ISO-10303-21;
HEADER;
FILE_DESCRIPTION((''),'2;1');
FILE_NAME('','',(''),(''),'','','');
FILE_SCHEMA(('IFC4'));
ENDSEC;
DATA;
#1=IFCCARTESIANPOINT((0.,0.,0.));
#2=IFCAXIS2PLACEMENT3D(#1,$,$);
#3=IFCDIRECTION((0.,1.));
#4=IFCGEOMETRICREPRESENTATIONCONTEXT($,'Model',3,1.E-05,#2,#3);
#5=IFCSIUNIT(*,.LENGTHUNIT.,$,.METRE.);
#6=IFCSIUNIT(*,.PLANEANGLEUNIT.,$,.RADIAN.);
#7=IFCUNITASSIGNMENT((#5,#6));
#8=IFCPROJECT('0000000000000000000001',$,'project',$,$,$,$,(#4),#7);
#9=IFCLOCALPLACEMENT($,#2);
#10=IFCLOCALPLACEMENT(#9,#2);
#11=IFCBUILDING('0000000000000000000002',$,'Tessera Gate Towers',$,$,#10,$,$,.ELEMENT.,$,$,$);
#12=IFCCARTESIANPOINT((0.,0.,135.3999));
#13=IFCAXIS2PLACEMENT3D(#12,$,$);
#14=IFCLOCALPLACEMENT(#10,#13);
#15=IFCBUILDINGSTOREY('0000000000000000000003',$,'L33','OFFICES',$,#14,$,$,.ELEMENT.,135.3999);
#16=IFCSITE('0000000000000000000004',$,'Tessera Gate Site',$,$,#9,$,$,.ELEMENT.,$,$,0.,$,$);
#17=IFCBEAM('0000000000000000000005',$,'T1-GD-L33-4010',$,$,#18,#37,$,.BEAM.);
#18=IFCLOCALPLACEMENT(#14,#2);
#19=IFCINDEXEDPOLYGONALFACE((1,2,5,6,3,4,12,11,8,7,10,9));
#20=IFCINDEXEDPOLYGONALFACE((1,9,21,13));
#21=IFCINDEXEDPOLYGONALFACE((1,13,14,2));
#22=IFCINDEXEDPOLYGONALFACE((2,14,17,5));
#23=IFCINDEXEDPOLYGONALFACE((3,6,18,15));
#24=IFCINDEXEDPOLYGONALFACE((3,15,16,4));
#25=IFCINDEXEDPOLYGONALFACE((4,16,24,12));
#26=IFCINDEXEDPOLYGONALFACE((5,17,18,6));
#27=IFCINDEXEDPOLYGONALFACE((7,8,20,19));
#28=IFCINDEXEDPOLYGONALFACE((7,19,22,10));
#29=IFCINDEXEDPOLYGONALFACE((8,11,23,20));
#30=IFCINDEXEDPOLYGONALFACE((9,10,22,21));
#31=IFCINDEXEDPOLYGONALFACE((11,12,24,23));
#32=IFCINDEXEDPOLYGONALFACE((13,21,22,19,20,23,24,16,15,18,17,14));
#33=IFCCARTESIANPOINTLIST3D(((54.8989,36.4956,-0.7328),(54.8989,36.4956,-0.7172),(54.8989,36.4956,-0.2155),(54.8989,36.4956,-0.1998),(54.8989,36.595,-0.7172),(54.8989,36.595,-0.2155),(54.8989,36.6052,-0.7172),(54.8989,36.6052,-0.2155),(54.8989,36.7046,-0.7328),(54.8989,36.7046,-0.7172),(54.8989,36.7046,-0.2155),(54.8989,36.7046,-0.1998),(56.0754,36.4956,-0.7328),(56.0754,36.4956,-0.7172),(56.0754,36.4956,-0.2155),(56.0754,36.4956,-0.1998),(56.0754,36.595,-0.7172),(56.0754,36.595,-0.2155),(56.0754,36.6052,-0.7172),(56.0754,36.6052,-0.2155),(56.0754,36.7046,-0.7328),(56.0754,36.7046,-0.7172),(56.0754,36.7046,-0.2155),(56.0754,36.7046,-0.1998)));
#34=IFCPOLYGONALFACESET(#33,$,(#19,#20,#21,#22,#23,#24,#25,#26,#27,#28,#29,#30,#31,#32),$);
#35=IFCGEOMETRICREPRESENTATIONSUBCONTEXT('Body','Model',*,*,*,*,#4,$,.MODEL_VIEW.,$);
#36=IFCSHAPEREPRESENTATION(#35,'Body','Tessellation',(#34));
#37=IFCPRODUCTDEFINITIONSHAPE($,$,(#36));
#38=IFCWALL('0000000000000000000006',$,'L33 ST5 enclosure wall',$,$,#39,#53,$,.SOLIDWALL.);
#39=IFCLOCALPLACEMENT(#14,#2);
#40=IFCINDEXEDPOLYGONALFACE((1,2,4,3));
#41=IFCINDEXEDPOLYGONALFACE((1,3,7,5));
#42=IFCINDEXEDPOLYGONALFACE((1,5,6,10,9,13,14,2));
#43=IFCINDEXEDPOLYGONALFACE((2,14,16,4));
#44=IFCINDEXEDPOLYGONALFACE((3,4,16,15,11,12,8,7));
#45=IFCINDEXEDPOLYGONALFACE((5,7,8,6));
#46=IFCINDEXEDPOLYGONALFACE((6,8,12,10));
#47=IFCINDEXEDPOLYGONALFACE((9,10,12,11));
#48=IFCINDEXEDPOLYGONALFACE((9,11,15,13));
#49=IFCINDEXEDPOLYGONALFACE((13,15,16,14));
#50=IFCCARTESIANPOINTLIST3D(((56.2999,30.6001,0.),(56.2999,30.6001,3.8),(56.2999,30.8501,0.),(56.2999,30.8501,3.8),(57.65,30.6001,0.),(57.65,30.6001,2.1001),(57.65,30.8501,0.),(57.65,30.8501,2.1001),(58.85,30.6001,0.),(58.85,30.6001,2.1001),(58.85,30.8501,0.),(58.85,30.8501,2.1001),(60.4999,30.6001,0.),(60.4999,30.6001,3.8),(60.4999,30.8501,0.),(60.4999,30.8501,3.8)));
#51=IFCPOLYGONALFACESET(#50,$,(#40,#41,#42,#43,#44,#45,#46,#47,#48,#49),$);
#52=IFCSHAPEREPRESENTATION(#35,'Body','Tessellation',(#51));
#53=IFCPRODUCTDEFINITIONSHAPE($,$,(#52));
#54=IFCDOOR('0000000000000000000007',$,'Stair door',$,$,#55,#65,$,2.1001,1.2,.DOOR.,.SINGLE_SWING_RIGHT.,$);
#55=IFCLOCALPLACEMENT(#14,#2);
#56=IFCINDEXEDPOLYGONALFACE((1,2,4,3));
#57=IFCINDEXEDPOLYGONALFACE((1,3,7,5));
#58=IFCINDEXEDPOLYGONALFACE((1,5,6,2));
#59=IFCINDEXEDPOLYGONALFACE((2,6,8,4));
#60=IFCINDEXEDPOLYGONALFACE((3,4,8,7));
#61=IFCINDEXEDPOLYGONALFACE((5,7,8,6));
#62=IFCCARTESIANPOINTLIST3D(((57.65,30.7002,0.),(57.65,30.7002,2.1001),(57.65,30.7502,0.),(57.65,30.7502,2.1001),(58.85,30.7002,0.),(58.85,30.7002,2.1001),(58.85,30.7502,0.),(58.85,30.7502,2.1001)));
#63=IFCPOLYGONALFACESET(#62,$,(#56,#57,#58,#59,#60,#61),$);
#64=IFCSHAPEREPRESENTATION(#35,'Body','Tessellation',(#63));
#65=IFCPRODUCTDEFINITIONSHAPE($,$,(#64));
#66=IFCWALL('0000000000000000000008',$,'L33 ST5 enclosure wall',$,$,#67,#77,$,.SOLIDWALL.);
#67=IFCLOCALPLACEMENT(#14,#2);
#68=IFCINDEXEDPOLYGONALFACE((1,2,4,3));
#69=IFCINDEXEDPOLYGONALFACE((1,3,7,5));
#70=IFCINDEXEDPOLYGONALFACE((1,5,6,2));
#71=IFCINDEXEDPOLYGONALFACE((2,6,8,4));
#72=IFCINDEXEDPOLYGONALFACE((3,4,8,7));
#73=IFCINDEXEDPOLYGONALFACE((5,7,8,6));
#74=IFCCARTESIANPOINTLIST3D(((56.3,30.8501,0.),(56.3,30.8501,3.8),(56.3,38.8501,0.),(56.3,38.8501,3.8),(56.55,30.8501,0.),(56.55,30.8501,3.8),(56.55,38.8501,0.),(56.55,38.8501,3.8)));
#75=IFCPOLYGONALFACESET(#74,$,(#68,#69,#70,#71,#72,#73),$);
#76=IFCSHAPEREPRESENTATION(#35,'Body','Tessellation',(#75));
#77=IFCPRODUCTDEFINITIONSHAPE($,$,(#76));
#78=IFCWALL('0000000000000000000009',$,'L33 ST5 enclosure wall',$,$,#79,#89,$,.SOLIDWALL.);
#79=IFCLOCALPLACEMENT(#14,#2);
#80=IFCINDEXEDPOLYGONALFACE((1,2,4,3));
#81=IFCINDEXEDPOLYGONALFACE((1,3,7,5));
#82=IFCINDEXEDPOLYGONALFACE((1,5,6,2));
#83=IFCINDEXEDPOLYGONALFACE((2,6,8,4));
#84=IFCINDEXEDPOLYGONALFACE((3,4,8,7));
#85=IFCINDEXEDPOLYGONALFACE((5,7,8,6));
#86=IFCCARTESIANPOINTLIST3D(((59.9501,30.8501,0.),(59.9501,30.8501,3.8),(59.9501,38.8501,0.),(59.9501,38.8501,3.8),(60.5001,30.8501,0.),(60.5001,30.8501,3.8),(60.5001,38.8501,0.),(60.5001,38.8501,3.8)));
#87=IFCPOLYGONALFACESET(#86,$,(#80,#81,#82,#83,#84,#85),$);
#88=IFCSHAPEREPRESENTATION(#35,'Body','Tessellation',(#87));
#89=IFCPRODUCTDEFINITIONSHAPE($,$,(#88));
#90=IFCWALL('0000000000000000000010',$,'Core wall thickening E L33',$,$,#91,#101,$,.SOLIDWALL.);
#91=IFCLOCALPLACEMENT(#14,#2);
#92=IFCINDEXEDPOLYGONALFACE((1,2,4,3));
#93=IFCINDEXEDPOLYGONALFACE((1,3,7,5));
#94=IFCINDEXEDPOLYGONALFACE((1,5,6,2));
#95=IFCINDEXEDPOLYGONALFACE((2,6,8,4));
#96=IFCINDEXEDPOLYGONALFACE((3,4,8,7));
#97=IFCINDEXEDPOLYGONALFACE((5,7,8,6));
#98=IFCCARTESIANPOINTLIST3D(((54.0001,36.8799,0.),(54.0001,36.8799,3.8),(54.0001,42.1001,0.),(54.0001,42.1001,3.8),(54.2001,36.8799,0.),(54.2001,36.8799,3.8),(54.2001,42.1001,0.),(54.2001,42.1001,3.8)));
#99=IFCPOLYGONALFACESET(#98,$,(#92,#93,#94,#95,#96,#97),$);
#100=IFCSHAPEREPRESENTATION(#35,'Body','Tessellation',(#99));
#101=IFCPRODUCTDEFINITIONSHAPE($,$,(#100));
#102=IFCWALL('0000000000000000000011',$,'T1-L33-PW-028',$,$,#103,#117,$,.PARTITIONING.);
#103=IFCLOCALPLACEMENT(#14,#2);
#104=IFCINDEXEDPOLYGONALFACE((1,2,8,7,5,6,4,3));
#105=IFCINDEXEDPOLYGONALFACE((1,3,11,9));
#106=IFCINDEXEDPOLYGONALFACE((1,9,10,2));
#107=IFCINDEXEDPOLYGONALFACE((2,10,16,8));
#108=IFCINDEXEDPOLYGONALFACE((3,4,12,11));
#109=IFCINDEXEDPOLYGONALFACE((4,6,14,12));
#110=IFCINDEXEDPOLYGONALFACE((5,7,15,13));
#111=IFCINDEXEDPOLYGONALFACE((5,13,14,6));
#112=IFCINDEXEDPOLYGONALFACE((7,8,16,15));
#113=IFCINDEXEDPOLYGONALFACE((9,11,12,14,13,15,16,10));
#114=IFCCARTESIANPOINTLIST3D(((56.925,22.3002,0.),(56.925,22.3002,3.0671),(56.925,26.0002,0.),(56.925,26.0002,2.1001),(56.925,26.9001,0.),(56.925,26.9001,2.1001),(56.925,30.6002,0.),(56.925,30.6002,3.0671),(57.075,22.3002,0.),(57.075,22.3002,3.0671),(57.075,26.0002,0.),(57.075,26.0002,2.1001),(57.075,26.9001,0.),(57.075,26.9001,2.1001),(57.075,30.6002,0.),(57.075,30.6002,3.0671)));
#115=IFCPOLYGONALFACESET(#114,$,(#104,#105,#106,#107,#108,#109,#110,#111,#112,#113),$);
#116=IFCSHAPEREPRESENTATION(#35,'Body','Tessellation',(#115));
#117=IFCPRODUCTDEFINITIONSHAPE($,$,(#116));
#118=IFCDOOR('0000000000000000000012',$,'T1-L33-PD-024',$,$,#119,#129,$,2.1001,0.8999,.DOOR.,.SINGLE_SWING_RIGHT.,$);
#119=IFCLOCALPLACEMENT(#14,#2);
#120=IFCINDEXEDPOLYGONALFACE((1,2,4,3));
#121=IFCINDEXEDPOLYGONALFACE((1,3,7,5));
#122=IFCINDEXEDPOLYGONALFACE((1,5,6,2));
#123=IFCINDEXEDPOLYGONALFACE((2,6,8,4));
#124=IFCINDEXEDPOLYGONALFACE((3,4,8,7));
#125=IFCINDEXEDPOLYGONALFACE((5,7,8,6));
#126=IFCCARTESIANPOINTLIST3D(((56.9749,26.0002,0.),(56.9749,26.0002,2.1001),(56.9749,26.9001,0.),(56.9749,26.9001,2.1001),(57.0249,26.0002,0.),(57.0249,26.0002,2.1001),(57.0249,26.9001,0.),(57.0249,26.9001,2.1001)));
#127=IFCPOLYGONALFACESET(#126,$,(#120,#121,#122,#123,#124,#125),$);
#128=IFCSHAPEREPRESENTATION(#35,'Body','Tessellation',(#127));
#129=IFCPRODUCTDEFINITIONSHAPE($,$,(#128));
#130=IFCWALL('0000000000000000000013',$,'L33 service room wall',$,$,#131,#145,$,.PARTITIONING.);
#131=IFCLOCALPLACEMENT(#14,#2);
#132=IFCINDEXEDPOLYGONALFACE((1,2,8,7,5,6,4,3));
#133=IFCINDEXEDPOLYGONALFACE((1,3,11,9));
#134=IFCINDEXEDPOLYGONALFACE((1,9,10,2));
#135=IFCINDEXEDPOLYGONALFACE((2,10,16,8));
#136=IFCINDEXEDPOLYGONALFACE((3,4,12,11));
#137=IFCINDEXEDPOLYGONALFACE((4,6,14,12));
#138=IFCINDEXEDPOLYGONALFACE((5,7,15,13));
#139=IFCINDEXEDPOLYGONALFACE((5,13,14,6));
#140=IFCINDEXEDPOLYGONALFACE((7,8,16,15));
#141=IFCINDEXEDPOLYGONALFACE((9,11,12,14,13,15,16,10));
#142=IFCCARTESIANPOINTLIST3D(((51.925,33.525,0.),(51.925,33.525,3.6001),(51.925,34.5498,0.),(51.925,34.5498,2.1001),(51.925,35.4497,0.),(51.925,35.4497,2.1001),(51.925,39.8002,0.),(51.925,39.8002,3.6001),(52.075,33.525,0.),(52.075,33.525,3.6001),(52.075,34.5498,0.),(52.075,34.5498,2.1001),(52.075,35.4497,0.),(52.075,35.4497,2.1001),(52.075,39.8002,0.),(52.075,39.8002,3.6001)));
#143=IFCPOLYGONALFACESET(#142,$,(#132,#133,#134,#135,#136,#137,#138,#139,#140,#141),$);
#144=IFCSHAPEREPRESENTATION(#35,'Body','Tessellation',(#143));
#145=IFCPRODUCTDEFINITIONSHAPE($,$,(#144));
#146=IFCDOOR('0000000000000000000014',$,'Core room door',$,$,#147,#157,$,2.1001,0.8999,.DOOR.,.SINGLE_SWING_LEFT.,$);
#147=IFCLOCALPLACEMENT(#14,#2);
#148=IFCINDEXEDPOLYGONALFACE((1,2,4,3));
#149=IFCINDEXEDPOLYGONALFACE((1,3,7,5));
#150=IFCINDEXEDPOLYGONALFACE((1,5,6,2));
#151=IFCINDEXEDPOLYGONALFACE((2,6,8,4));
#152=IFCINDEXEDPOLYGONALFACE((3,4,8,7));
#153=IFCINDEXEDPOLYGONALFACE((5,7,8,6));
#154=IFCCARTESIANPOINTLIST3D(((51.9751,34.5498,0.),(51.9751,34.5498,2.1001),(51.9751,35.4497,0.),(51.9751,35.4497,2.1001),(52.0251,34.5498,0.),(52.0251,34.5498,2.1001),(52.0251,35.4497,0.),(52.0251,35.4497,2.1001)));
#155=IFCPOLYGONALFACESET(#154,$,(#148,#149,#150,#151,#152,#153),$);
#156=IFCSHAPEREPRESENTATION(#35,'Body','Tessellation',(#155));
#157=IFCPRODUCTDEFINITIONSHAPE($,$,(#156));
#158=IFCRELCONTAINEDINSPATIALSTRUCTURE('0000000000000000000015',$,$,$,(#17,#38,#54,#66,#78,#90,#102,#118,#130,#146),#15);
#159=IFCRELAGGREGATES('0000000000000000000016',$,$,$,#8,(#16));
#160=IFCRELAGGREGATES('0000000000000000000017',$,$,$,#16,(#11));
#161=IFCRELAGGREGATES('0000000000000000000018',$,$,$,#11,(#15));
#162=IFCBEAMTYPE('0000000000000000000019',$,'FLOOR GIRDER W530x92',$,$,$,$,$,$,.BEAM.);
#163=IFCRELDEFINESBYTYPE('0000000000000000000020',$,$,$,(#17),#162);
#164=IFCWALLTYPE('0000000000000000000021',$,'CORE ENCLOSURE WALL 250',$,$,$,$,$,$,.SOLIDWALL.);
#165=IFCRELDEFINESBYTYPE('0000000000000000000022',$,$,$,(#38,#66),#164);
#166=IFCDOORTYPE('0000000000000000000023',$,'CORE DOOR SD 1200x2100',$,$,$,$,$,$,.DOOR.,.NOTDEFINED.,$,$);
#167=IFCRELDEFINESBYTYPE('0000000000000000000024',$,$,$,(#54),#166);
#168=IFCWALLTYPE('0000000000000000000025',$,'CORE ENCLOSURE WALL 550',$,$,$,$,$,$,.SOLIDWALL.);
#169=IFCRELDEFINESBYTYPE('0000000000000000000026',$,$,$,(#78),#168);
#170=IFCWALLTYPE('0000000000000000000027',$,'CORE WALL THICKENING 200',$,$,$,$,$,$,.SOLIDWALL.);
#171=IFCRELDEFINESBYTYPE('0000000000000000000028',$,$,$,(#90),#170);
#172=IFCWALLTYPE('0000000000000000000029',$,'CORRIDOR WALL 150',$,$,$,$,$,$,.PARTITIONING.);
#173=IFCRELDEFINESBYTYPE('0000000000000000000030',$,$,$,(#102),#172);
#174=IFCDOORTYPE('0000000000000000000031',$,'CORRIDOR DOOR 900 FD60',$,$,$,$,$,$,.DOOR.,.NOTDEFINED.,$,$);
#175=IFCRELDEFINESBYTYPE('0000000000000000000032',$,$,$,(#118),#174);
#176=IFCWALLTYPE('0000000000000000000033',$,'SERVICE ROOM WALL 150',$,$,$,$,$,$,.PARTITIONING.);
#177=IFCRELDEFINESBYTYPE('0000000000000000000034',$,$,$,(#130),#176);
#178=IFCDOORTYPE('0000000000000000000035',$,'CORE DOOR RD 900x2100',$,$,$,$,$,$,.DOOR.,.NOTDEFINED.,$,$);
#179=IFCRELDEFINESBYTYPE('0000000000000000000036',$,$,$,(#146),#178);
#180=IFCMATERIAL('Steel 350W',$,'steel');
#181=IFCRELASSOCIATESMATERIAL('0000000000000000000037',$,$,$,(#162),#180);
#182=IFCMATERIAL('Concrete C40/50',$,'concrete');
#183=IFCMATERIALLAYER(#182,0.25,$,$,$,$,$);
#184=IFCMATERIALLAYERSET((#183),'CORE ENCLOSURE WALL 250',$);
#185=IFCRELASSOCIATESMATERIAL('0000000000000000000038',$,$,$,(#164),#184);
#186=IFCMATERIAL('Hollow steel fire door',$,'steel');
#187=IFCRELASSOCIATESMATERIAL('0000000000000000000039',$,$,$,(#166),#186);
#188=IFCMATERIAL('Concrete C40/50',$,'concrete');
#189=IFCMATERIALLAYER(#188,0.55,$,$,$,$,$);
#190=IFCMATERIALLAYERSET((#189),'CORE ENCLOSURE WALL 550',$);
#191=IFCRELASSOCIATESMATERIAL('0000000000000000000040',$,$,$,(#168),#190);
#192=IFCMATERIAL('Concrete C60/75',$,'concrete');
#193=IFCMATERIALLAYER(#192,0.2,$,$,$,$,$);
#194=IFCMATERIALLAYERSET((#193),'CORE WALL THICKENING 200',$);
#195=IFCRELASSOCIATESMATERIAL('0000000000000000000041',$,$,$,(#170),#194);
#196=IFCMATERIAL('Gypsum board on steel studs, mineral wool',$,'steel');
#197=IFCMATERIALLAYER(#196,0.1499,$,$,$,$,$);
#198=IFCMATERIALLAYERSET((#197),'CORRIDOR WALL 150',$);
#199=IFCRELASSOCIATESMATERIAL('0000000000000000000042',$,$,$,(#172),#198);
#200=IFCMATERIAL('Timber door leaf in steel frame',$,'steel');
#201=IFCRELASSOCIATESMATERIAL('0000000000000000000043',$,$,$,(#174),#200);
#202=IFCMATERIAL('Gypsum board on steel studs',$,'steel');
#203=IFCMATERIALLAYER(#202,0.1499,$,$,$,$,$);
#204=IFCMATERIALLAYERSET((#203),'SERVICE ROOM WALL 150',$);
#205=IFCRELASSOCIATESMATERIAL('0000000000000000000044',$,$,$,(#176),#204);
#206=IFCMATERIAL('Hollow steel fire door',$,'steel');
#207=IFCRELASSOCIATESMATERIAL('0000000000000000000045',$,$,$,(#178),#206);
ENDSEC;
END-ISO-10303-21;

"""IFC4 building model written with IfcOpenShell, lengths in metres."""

from ifc_helpers import new_model, si_unit, direction, frame, frame_2d, origin, origin_2d, place, context, subcontext, project, spatial, rectangle, i_section, extrude, source, transform, mapped, material, layer, layer_set, material_profile, profile_set, type_object, element, fill, save


model = new_model("IFC4")

# Units and contexts
model_context = context("Model", 3, precision=1e-05, world=origin(), true_north=direction((0.0, 1.0)))
body_context = subcontext(model_context, "Body", "Model", "MODEL_VIEW")
ifc_project = project(units=[si_unit("LENGTHUNIT", "METRE"), si_unit("PLANEANGLEUNIT", "RADIAN")], contexts=[model_context])

# Site, building, storey
site_placement = place(None, origin())
site = spatial("IfcSite", under=ifc_project, at=site_placement, Name="Tessera Gate Site", CompositionType="ELEMENT", RefElevation=0.0)
building_placement = place(site_placement, origin())
building = spatial("IfcBuilding", under=site, at=building_placement, Name="Tessera Gate Towers", CompositionType="ELEMENT")
storey_placement = place(building_placement, frame((0.0, 0.0, 135.3999)))
storey = spatial("IfcBuildingStorey", under=building, at=storey_placement, Name="L33", Description="OFFICES", CompositionType="ELEMENT", Elevation=135.3999)

# Beam
ifc_material_1 = material(Name="Steel 350W", Category="steel")
ifc_material_profile = material_profile(ifc_material_1, i_section(OverallWidth=0.209, OverallDepth=0.533, WebThickness=0.0103, FlangeThickness=0.0156, at=origin_2d()), Name="W530x92")
ifc_profile_set = profile_set([ifc_material_profile], Name="Steel 350W")
beam_type = type_object("IfcBeamType", Name="FLOOR GIRDER W530x92", PredefinedType="BEAM", material=ifc_profile_set)
beam_placement = place(storey_placement, frame((54.8989, 36.6001, -0.4663), z_axis=(1.0, 0.0, 0.0), x_axis=(0.0, 1.0, 0.0)))
element("IfcBeam", 1, at=beam_placement, inside=storey, type_object=beam_type, Name="T1-GD-L33-4010", PredefinedType="BEAM", context=body_context, shape_type="SweptSolid", body=[
    extrude(i_section(OverallWidth=0.209, OverallDepth=0.533, WebThickness=0.0103, FlangeThickness=0.0156, at=origin_2d()), origin(), (0.0, 0.0, 1.0), 1.1765),
])

# Wall, opening, door
ifc_material_2 = material(Name="Concrete C40/50", Category="concrete")
ifc_layer_1 = layer(ifc_material_2, 0.25)
ifc_layer_set_1 = layer_set([ifc_layer_1], Name="CORE ENCLOSURE WALL 250")
wall_type_1 = type_object("IfcWallType", Name="CORE ENCLOSURE WALL 250", PredefinedType="SOLIDWALL", material=ifc_layer_set_1)
wall_1_placement = place(storey_placement, frame((60.5, 30.7251, 0.0), z_axis=(0.0, 0.0, 1.0), x_axis=(-1.0, 0.0, 0.0)))
wall_1 = element("IfcWall", 2, at=wall_1_placement, inside=storey, type_object=wall_type_1, Name="L33 ST5 enclosure wall", PredefinedType="SOLIDWALL", context=body_context, shape_type="SweptSolid", body=[
    extrude(rectangle(XDim=4.2, YDim=0.25, at=frame_2d((2.1001, 0.0))), origin(), (0.0, 0.0, 1.0), 3.8),
])
shared_shape_1 = source(origin(), body_context, "Body", "SweptSolid", [
    extrude(rectangle(XDim=1.2, YDim=2.1001, at=frame_2d((0.6001, 1.05))), frame((0.0, 0.135, 0.0), z_axis=(0.0, -1.0, 0.0), x_axis=(1.0, 0.0, 0.0)), (0.0, 0.0, 1.0), 0.27),
])
opening_1_placement = place(wall_1_placement, frame((1.6499, 0.0, 0.0)))
opening_1 = element("IfcOpeningElement", 3, at=opening_1_placement, cuts=wall_1, PredefinedType="OPENING", context=body_context, shape_type="MappedRepresentation", body=[
    mapped(shared_shape_1, transform((0.0, 0.0, 0.0), scale=1.0)),
])
ifc_material_3 = material(Name="Hollow steel fire door", Category="steel")
door_type_1 = type_object("IfcDoorType", Name="CORE DOOR SD 1200x2100", OperationType="NOTDEFINED", PredefinedType="DOOR", material=ifc_material_3)
shared_shape_2 = source(origin(), body_context, "Body", "SweptSolid", [
    extrude(rectangle(XDim=1.2, YDim=2.1001, at=frame_2d((0.6001, 1.05))), frame((0.0, 0.0249, 0.0), z_axis=(0.0, -1.0, 0.0), x_axis=(1.0, 0.0, 0.0)), (0.0, 0.0, 1.0), 0.05),
])
door_1_placement = place(opening_1_placement, origin())
door_1 = element("IfcDoor", 4, at=door_1_placement, inside=storey, type_object=door_type_1, Name="Stair door", OperationType="SINGLE_SWING_RIGHT", OverallHeight=2.1001, OverallWidth=1.2, PredefinedType="DOOR", context=body_context, shape_type="MappedRepresentation", body=[
    mapped(shared_shape_2, transform((0.0, 0.0, 0.0), scale=1.0)),
])
fill(opening_1, door_1)

# Walls
wall_2_placement = place(storey_placement, frame((56.425, 30.8501, 0.0), z_axis=(0.0, 0.0, 1.0), x_axis=(0.0, 1.0, 0.0)))
element("IfcWall", 5, at=wall_2_placement, inside=storey, type_object=wall_type_1, Name="L33 ST5 enclosure wall", PredefinedType="SOLIDWALL", context=body_context, shape_type="SweptSolid", body=[
    extrude(rectangle(XDim=8.0, YDim=0.25, at=frame_2d((4.0, 0.0))), origin(), (0.0, 0.0, 1.0), 3.8),
])
ifc_material_4 = material(Name="Concrete C40/50", Category="concrete")
ifc_layer_2 = layer(ifc_material_4, 0.55)
ifc_layer_set_2 = layer_set([ifc_layer_2], Name="CORE ENCLOSURE WALL 550")
wall_type_2 = type_object("IfcWallType", Name="CORE ENCLOSURE WALL 550", PredefinedType="SOLIDWALL", material=ifc_layer_set_2)
wall_3_placement = place(storey_placement, frame((60.2251, 38.8501, 0.0), z_axis=(0.0, 0.0, 1.0), x_axis=(0.0, -1.0, 0.0)))
element("IfcWall", 6, at=wall_3_placement, inside=storey, type_object=wall_type_2, Name="L33 ST5 enclosure wall", PredefinedType="SOLIDWALL", context=body_context, shape_type="SweptSolid", body=[
    extrude(rectangle(XDim=8.0, YDim=0.55, at=frame_2d((4.0, 0.0))), origin(), (0.0, 0.0, 1.0), 3.8),
])
ifc_material_5 = material(Name="Concrete C60/75", Category="concrete")
ifc_layer_3 = layer(ifc_material_5, 0.2)
ifc_layer_set_3 = layer_set([ifc_layer_3], Name="CORE WALL THICKENING 200")
wall_type_3 = type_object("IfcWallType", Name="CORE WALL THICKENING 200", PredefinedType="SOLIDWALL", material=ifc_layer_set_3)
wall_4_placement = place(storey_placement, frame((54.1001, 36.8799, 0.0), z_axis=(0.0, 0.0, 1.0), x_axis=(0.0, 1.0, 0.0)))
element("IfcWall", 7, at=wall_4_placement, inside=storey, type_object=wall_type_3, Name="Core wall thickening E L33", PredefinedType="SOLIDWALL", context=body_context, shape_type="SweptSolid", body=[
    extrude(rectangle(XDim=5.2202, YDim=0.2, at=frame_2d((2.6101, 0.0))), origin(), (0.0, 0.0, 1.0), 3.8),
])

# Walls, openings, doors
ifc_material_6 = material(Name="Gypsum board on steel studs, mineral wool", Category="steel")
ifc_layer_4 = layer(ifc_material_6, 0.1499)
ifc_layer_set_4 = layer_set([ifc_layer_4], Name="CORRIDOR WALL 150")
wall_type_4 = type_object("IfcWallType", Name="CORRIDOR WALL 150", PredefinedType="PARTITIONING", material=ifc_layer_set_4)
wall_5_placement = place(storey_placement, frame((57.0, 30.6001, 0.0), z_axis=(0.0, 0.0, 1.0), x_axis=(0.0, -1.0, 0.0)))
wall_5 = element("IfcWall", 8, at=wall_5_placement, inside=storey, type_object=wall_type_4, Name="T1-L33-PW-028", PredefinedType="PARTITIONING", context=body_context, shape_type="SweptSolid", body=[
    extrude(rectangle(XDim=8.3, YDim=0.1499, at=frame_2d((4.1499, 0.0))), origin(), (0.0, 0.0, 1.0), 3.0671),
])
shared_shape_3 = source(origin(), body_context, "Body", "SweptSolid", [
    extrude(rectangle(XDim=0.8999, YDim=2.1001, at=frame_2d((0.45, 1.05))), frame((0.0, 0.085, 0.0), z_axis=(0.0, -1.0, 0.0), x_axis=(1.0, 0.0, 0.0)), (0.0, 0.0, 1.0), 0.1699),
])
opening_2_placement = place(wall_5_placement, frame((3.7, 0.0, 0.0)))
opening_2 = element("IfcOpeningElement", 9, at=opening_2_placement, cuts=wall_5, PredefinedType="OPENING", context=body_context, shape_type="MappedRepresentation", body=[
    mapped(shared_shape_3, transform((0.0, 0.0, 0.0), scale=1.0)),
])
ifc_material_7 = material(Name="Timber door leaf in steel frame", Category="steel")
door_type_2 = type_object("IfcDoorType", Name="CORRIDOR DOOR 900 FD60", OperationType="NOTDEFINED", PredefinedType="DOOR", material=ifc_material_7)
shared_shape_4 = source(origin(), body_context, "Body", "SweptSolid", [
    extrude(rectangle(XDim=0.8999, YDim=2.1001, at=frame_2d((0.45, 1.05))), frame((0.0, 0.0249, 0.0), z_axis=(0.0, -1.0, 0.0), x_axis=(1.0, 0.0, 0.0)), (0.0, 0.0, 1.0), 0.05),
])
door_2_placement = place(opening_2_placement, origin())
door_2 = element("IfcDoor", 10, at=door_2_placement, inside=storey, type_object=door_type_2, Name="T1-L33-PD-024", OperationType="SINGLE_SWING_RIGHT", OverallHeight=2.1001, OverallWidth=0.8999, PredefinedType="DOOR", context=body_context, shape_type="MappedRepresentation", body=[
    mapped(shared_shape_4, transform((0.0, 0.0, 0.0), scale=1.0)),
])
fill(opening_2, door_2)
ifc_material_8 = material(Name="Gypsum board on steel studs", Category="steel")
ifc_layer_5 = layer(ifc_material_8, 0.1499)
ifc_layer_set_5 = layer_set([ifc_layer_5], Name="SERVICE ROOM WALL 150")
wall_type_5 = type_object("IfcWallType", Name="SERVICE ROOM WALL 150", PredefinedType="PARTITIONING", material=ifc_layer_set_5)
wall_6_placement = place(storey_placement, frame((52.0, 33.5249, 0.0), z_axis=(0.0, 0.0, 1.0), x_axis=(0.0, 1.0, 0.0)))
wall_6 = element("IfcWall", 11, at=wall_6_placement, inside=storey, type_object=wall_type_5, Name="L33 service room wall", PredefinedType="PARTITIONING", context=body_context, shape_type="SweptSolid", body=[
    extrude(rectangle(XDim=6.2751, YDim=0.1499, at=frame_2d((3.1377, 0.0))), origin(), (0.0, 0.0, 1.0), 3.6001),
])
opening_3_placement = place(wall_6_placement, frame((1.0249, 0.0, 0.0)))
opening_3 = element("IfcOpeningElement", 12, at=opening_3_placement, cuts=wall_6, PredefinedType="OPENING", context=body_context, shape_type="MappedRepresentation", body=[
    mapped(shared_shape_3, transform((0.0, 0.0, 0.0), scale=1.0)),
])
ifc_material_9 = material(Name="Hollow steel fire door", Category="steel")
door_type_3 = type_object("IfcDoorType", Name="CORE DOOR RD 900x2100", OperationType="NOTDEFINED", PredefinedType="DOOR", material=ifc_material_9)
door_3_placement = place(opening_3_placement, origin())
door_3 = element("IfcDoor", 13, at=door_3_placement, inside=storey, type_object=door_type_3, Name="Core room door", OperationType="SINGLE_SWING_LEFT", OverallHeight=2.1001, OverallWidth=0.8999, PredefinedType="DOOR", context=body_context, shape_type="MappedRepresentation", body=[
    mapped(shared_shape_4, transform((0.0, 0.0, 0.0), scale=1.0)),
])
fill(opening_3, door_3)

save(model, "model.ifc")
